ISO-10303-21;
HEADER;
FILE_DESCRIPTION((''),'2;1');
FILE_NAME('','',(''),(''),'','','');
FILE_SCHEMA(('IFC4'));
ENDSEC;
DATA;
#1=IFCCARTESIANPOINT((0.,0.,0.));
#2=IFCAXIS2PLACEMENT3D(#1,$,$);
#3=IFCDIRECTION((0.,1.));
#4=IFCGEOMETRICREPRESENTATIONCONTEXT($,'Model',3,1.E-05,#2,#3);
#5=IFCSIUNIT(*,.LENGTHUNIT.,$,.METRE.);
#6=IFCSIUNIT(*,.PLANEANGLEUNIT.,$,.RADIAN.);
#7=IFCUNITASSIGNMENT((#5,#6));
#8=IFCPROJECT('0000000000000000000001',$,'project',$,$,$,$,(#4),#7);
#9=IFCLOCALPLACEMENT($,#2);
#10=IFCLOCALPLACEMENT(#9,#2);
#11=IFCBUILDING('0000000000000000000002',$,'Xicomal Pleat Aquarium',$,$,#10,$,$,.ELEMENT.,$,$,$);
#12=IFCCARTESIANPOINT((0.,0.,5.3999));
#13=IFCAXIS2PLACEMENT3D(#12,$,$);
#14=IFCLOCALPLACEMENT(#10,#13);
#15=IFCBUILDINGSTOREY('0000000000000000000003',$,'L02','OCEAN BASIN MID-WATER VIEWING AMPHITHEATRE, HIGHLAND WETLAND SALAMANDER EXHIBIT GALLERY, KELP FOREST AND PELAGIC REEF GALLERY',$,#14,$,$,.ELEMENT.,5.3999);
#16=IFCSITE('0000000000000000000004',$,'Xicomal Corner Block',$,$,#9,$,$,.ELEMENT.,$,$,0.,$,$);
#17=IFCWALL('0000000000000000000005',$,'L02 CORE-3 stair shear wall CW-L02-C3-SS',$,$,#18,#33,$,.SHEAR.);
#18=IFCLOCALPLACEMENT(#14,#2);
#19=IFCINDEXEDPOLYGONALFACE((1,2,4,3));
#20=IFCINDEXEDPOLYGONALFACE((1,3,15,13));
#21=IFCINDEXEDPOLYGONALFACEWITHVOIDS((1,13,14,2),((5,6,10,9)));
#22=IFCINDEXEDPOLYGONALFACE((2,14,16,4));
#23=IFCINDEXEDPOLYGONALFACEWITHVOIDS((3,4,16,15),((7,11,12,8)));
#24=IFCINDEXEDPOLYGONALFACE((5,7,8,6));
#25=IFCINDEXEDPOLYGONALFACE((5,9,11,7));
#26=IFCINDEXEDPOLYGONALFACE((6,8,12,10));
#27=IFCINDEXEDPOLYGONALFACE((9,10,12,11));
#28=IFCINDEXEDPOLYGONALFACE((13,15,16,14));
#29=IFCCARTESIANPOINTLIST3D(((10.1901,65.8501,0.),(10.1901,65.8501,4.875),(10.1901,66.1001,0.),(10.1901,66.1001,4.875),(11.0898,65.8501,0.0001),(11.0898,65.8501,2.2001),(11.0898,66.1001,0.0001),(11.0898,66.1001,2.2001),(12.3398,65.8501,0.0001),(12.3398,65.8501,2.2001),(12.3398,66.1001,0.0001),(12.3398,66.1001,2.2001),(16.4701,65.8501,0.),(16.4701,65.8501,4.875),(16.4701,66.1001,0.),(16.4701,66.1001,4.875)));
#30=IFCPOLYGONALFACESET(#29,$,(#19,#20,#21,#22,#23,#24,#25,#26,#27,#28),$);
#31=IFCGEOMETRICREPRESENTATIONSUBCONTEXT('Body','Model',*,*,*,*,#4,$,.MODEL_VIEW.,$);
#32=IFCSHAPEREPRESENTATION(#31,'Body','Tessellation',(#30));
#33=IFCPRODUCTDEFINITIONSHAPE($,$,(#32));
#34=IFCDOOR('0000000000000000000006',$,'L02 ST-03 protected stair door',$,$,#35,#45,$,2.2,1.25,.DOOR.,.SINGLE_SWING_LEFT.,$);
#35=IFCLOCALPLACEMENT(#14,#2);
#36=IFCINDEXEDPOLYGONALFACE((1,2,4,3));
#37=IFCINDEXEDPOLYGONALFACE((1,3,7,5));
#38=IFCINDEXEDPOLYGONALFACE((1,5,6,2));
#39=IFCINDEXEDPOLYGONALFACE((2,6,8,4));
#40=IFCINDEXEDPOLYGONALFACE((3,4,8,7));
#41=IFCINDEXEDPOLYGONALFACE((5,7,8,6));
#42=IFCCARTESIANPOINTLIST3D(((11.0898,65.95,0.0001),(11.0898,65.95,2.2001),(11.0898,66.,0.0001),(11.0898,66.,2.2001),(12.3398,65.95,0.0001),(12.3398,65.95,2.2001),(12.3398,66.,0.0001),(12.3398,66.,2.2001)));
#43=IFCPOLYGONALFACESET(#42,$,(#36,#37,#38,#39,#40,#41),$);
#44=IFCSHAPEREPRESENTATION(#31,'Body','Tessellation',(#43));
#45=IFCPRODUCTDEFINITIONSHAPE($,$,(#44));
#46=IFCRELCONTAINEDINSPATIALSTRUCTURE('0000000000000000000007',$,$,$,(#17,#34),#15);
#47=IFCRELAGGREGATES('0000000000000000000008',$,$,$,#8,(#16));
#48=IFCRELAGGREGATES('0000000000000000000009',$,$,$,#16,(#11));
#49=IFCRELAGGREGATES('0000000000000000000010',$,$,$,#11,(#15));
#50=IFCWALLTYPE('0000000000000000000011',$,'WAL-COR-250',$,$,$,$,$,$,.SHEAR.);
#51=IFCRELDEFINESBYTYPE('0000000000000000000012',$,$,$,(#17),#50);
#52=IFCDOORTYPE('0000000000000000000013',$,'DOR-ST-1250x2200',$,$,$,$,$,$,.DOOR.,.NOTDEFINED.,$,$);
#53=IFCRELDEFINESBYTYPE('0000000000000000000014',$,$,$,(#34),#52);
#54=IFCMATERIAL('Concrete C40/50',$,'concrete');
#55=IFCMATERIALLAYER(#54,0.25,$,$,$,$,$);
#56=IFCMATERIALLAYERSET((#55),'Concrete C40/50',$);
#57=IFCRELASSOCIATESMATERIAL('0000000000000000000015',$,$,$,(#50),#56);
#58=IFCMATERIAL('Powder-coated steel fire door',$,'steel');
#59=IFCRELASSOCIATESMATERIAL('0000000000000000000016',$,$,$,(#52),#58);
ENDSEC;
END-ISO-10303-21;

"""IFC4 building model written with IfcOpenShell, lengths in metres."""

from ifc_helpers import new_model, si_unit, direction, frame, frame_2d, origin, place, context, subcontext, project, spatial, rectangle, extrude, material, layer, layer_set, type_object, element, fill, save


model = new_model("IFC4")

# Units and contexts
model_context = context("Model", 3, precision=1e-05, world=origin(), true_north=direction((0.0, 1.0)))
body_context = subcontext(model_context, "Body", "Model", "MODEL_VIEW")
ifc_project = project(units=[si_unit("LENGTHUNIT", "METRE"), si_unit("PLANEANGLEUNIT", "RADIAN")], contexts=[model_context])

# Site, building, storey
site_placement = place(None, origin())
site = spatial("IfcSite", under=ifc_project, at=site_placement, Name="Xicomal Corner Block", CompositionType="ELEMENT", RefElevation=0.0)
building_placement = place(site_placement, origin())
building = spatial("IfcBuilding", under=site, at=building_placement, Name="Xicomal Pleat Aquarium", CompositionType="ELEMENT")
storey_placement = place(building_placement, frame((0.0, 0.0, 5.3999)))
storey = spatial("IfcBuildingStorey", under=building, at=storey_placement, Name="L02", Description="OCEAN BASIN MID-WATER VIEWING AMPHITHEATRE, HIGHLAND WETLAND SALAMANDER EXHIBIT GALLERY, KELP FOREST AND PELAGIC REEF GALLERY", CompositionType="ELEMENT", Elevation=5.3999)

# Wall, opening, door
ifc_material_1 = material(Name="Concrete C40/50", Category="concrete")
ifc_layer_1 = layer(ifc_material_1, 0.25)
ifc_layer_set_1 = layer_set([ifc_layer_1], Name="Concrete C40/50")
wall_type = type_object("IfcWallType", Name="WAL-COR-250", PredefinedType="SHEAR", material=ifc_layer_set_1)
wall_placement = place(storey_placement, frame((10.1899, 65.9751, 0.0), z_axis=(0.0, 0.0, 1.0), x_axis=(1.0, 0.0, 0.0)))
wall = element("IfcWall", 1, at=wall_placement, inside=storey, type_object=wall_type, Name="L02 CORE-3 stair shear wall CW-L02-C3-SS", PredefinedType="SHEAR", context=body_context, shape_type="SweptSolid", body=[
    extrude(rectangle(XDim=6.28, YDim=0.25, at=frame_2d((3.1401, 0.0))), origin(), (0.0, 0.0, 1.0), 4.875),
])
opening_placement = place(wall_placement, frame((0.8999, 0.0, 0.0)))
opening = element("IfcOpeningElement", 2, at=opening_placement, cuts=wall, PredefinedType="OPENING", context=body_context, shape_type="SweptSolid", body=[
    extrude(rectangle(XDim=1.25, YDim=2.2, at=frame_2d((0.625, 1.1001))), frame((0.0, 0.135, 0.0), z_axis=(0.0, -1.0, 0.0), x_axis=(1.0, 0.0, 0.0)), (0.0, 0.0, 1.0), 0.27),
])
ifc_material_2 = material(Name="Powder-coated steel fire door", Category="steel")
door_type = type_object("IfcDoorType", Name="DOR-ST-1250x2200", OperationType="NOTDEFINED", PredefinedType="DOOR", material=ifc_material_2)
door_placement = place(opening_placement, origin())
door = element("IfcDoor", 3, at=door_placement, inside=storey, type_object=door_type, Name="L02 ST-03 protected stair door", OperationType="SINGLE_SWING_LEFT", OverallHeight=2.2, OverallWidth=1.25, PredefinedType="DOOR", context=body_context, shape_type="SweptSolid", body=[
    extrude(rectangle(XDim=1.25, YDim=2.2, at=frame_2d((0.625, 1.1001))), frame((0.0, 0.0249, 0.0), z_axis=(0.0, -1.0, 0.0), x_axis=(1.0, 0.0, 0.0)), (0.0, 0.0, 1.0), 0.05),
])
fill(opening, door)

save(model, "model.ifc")
